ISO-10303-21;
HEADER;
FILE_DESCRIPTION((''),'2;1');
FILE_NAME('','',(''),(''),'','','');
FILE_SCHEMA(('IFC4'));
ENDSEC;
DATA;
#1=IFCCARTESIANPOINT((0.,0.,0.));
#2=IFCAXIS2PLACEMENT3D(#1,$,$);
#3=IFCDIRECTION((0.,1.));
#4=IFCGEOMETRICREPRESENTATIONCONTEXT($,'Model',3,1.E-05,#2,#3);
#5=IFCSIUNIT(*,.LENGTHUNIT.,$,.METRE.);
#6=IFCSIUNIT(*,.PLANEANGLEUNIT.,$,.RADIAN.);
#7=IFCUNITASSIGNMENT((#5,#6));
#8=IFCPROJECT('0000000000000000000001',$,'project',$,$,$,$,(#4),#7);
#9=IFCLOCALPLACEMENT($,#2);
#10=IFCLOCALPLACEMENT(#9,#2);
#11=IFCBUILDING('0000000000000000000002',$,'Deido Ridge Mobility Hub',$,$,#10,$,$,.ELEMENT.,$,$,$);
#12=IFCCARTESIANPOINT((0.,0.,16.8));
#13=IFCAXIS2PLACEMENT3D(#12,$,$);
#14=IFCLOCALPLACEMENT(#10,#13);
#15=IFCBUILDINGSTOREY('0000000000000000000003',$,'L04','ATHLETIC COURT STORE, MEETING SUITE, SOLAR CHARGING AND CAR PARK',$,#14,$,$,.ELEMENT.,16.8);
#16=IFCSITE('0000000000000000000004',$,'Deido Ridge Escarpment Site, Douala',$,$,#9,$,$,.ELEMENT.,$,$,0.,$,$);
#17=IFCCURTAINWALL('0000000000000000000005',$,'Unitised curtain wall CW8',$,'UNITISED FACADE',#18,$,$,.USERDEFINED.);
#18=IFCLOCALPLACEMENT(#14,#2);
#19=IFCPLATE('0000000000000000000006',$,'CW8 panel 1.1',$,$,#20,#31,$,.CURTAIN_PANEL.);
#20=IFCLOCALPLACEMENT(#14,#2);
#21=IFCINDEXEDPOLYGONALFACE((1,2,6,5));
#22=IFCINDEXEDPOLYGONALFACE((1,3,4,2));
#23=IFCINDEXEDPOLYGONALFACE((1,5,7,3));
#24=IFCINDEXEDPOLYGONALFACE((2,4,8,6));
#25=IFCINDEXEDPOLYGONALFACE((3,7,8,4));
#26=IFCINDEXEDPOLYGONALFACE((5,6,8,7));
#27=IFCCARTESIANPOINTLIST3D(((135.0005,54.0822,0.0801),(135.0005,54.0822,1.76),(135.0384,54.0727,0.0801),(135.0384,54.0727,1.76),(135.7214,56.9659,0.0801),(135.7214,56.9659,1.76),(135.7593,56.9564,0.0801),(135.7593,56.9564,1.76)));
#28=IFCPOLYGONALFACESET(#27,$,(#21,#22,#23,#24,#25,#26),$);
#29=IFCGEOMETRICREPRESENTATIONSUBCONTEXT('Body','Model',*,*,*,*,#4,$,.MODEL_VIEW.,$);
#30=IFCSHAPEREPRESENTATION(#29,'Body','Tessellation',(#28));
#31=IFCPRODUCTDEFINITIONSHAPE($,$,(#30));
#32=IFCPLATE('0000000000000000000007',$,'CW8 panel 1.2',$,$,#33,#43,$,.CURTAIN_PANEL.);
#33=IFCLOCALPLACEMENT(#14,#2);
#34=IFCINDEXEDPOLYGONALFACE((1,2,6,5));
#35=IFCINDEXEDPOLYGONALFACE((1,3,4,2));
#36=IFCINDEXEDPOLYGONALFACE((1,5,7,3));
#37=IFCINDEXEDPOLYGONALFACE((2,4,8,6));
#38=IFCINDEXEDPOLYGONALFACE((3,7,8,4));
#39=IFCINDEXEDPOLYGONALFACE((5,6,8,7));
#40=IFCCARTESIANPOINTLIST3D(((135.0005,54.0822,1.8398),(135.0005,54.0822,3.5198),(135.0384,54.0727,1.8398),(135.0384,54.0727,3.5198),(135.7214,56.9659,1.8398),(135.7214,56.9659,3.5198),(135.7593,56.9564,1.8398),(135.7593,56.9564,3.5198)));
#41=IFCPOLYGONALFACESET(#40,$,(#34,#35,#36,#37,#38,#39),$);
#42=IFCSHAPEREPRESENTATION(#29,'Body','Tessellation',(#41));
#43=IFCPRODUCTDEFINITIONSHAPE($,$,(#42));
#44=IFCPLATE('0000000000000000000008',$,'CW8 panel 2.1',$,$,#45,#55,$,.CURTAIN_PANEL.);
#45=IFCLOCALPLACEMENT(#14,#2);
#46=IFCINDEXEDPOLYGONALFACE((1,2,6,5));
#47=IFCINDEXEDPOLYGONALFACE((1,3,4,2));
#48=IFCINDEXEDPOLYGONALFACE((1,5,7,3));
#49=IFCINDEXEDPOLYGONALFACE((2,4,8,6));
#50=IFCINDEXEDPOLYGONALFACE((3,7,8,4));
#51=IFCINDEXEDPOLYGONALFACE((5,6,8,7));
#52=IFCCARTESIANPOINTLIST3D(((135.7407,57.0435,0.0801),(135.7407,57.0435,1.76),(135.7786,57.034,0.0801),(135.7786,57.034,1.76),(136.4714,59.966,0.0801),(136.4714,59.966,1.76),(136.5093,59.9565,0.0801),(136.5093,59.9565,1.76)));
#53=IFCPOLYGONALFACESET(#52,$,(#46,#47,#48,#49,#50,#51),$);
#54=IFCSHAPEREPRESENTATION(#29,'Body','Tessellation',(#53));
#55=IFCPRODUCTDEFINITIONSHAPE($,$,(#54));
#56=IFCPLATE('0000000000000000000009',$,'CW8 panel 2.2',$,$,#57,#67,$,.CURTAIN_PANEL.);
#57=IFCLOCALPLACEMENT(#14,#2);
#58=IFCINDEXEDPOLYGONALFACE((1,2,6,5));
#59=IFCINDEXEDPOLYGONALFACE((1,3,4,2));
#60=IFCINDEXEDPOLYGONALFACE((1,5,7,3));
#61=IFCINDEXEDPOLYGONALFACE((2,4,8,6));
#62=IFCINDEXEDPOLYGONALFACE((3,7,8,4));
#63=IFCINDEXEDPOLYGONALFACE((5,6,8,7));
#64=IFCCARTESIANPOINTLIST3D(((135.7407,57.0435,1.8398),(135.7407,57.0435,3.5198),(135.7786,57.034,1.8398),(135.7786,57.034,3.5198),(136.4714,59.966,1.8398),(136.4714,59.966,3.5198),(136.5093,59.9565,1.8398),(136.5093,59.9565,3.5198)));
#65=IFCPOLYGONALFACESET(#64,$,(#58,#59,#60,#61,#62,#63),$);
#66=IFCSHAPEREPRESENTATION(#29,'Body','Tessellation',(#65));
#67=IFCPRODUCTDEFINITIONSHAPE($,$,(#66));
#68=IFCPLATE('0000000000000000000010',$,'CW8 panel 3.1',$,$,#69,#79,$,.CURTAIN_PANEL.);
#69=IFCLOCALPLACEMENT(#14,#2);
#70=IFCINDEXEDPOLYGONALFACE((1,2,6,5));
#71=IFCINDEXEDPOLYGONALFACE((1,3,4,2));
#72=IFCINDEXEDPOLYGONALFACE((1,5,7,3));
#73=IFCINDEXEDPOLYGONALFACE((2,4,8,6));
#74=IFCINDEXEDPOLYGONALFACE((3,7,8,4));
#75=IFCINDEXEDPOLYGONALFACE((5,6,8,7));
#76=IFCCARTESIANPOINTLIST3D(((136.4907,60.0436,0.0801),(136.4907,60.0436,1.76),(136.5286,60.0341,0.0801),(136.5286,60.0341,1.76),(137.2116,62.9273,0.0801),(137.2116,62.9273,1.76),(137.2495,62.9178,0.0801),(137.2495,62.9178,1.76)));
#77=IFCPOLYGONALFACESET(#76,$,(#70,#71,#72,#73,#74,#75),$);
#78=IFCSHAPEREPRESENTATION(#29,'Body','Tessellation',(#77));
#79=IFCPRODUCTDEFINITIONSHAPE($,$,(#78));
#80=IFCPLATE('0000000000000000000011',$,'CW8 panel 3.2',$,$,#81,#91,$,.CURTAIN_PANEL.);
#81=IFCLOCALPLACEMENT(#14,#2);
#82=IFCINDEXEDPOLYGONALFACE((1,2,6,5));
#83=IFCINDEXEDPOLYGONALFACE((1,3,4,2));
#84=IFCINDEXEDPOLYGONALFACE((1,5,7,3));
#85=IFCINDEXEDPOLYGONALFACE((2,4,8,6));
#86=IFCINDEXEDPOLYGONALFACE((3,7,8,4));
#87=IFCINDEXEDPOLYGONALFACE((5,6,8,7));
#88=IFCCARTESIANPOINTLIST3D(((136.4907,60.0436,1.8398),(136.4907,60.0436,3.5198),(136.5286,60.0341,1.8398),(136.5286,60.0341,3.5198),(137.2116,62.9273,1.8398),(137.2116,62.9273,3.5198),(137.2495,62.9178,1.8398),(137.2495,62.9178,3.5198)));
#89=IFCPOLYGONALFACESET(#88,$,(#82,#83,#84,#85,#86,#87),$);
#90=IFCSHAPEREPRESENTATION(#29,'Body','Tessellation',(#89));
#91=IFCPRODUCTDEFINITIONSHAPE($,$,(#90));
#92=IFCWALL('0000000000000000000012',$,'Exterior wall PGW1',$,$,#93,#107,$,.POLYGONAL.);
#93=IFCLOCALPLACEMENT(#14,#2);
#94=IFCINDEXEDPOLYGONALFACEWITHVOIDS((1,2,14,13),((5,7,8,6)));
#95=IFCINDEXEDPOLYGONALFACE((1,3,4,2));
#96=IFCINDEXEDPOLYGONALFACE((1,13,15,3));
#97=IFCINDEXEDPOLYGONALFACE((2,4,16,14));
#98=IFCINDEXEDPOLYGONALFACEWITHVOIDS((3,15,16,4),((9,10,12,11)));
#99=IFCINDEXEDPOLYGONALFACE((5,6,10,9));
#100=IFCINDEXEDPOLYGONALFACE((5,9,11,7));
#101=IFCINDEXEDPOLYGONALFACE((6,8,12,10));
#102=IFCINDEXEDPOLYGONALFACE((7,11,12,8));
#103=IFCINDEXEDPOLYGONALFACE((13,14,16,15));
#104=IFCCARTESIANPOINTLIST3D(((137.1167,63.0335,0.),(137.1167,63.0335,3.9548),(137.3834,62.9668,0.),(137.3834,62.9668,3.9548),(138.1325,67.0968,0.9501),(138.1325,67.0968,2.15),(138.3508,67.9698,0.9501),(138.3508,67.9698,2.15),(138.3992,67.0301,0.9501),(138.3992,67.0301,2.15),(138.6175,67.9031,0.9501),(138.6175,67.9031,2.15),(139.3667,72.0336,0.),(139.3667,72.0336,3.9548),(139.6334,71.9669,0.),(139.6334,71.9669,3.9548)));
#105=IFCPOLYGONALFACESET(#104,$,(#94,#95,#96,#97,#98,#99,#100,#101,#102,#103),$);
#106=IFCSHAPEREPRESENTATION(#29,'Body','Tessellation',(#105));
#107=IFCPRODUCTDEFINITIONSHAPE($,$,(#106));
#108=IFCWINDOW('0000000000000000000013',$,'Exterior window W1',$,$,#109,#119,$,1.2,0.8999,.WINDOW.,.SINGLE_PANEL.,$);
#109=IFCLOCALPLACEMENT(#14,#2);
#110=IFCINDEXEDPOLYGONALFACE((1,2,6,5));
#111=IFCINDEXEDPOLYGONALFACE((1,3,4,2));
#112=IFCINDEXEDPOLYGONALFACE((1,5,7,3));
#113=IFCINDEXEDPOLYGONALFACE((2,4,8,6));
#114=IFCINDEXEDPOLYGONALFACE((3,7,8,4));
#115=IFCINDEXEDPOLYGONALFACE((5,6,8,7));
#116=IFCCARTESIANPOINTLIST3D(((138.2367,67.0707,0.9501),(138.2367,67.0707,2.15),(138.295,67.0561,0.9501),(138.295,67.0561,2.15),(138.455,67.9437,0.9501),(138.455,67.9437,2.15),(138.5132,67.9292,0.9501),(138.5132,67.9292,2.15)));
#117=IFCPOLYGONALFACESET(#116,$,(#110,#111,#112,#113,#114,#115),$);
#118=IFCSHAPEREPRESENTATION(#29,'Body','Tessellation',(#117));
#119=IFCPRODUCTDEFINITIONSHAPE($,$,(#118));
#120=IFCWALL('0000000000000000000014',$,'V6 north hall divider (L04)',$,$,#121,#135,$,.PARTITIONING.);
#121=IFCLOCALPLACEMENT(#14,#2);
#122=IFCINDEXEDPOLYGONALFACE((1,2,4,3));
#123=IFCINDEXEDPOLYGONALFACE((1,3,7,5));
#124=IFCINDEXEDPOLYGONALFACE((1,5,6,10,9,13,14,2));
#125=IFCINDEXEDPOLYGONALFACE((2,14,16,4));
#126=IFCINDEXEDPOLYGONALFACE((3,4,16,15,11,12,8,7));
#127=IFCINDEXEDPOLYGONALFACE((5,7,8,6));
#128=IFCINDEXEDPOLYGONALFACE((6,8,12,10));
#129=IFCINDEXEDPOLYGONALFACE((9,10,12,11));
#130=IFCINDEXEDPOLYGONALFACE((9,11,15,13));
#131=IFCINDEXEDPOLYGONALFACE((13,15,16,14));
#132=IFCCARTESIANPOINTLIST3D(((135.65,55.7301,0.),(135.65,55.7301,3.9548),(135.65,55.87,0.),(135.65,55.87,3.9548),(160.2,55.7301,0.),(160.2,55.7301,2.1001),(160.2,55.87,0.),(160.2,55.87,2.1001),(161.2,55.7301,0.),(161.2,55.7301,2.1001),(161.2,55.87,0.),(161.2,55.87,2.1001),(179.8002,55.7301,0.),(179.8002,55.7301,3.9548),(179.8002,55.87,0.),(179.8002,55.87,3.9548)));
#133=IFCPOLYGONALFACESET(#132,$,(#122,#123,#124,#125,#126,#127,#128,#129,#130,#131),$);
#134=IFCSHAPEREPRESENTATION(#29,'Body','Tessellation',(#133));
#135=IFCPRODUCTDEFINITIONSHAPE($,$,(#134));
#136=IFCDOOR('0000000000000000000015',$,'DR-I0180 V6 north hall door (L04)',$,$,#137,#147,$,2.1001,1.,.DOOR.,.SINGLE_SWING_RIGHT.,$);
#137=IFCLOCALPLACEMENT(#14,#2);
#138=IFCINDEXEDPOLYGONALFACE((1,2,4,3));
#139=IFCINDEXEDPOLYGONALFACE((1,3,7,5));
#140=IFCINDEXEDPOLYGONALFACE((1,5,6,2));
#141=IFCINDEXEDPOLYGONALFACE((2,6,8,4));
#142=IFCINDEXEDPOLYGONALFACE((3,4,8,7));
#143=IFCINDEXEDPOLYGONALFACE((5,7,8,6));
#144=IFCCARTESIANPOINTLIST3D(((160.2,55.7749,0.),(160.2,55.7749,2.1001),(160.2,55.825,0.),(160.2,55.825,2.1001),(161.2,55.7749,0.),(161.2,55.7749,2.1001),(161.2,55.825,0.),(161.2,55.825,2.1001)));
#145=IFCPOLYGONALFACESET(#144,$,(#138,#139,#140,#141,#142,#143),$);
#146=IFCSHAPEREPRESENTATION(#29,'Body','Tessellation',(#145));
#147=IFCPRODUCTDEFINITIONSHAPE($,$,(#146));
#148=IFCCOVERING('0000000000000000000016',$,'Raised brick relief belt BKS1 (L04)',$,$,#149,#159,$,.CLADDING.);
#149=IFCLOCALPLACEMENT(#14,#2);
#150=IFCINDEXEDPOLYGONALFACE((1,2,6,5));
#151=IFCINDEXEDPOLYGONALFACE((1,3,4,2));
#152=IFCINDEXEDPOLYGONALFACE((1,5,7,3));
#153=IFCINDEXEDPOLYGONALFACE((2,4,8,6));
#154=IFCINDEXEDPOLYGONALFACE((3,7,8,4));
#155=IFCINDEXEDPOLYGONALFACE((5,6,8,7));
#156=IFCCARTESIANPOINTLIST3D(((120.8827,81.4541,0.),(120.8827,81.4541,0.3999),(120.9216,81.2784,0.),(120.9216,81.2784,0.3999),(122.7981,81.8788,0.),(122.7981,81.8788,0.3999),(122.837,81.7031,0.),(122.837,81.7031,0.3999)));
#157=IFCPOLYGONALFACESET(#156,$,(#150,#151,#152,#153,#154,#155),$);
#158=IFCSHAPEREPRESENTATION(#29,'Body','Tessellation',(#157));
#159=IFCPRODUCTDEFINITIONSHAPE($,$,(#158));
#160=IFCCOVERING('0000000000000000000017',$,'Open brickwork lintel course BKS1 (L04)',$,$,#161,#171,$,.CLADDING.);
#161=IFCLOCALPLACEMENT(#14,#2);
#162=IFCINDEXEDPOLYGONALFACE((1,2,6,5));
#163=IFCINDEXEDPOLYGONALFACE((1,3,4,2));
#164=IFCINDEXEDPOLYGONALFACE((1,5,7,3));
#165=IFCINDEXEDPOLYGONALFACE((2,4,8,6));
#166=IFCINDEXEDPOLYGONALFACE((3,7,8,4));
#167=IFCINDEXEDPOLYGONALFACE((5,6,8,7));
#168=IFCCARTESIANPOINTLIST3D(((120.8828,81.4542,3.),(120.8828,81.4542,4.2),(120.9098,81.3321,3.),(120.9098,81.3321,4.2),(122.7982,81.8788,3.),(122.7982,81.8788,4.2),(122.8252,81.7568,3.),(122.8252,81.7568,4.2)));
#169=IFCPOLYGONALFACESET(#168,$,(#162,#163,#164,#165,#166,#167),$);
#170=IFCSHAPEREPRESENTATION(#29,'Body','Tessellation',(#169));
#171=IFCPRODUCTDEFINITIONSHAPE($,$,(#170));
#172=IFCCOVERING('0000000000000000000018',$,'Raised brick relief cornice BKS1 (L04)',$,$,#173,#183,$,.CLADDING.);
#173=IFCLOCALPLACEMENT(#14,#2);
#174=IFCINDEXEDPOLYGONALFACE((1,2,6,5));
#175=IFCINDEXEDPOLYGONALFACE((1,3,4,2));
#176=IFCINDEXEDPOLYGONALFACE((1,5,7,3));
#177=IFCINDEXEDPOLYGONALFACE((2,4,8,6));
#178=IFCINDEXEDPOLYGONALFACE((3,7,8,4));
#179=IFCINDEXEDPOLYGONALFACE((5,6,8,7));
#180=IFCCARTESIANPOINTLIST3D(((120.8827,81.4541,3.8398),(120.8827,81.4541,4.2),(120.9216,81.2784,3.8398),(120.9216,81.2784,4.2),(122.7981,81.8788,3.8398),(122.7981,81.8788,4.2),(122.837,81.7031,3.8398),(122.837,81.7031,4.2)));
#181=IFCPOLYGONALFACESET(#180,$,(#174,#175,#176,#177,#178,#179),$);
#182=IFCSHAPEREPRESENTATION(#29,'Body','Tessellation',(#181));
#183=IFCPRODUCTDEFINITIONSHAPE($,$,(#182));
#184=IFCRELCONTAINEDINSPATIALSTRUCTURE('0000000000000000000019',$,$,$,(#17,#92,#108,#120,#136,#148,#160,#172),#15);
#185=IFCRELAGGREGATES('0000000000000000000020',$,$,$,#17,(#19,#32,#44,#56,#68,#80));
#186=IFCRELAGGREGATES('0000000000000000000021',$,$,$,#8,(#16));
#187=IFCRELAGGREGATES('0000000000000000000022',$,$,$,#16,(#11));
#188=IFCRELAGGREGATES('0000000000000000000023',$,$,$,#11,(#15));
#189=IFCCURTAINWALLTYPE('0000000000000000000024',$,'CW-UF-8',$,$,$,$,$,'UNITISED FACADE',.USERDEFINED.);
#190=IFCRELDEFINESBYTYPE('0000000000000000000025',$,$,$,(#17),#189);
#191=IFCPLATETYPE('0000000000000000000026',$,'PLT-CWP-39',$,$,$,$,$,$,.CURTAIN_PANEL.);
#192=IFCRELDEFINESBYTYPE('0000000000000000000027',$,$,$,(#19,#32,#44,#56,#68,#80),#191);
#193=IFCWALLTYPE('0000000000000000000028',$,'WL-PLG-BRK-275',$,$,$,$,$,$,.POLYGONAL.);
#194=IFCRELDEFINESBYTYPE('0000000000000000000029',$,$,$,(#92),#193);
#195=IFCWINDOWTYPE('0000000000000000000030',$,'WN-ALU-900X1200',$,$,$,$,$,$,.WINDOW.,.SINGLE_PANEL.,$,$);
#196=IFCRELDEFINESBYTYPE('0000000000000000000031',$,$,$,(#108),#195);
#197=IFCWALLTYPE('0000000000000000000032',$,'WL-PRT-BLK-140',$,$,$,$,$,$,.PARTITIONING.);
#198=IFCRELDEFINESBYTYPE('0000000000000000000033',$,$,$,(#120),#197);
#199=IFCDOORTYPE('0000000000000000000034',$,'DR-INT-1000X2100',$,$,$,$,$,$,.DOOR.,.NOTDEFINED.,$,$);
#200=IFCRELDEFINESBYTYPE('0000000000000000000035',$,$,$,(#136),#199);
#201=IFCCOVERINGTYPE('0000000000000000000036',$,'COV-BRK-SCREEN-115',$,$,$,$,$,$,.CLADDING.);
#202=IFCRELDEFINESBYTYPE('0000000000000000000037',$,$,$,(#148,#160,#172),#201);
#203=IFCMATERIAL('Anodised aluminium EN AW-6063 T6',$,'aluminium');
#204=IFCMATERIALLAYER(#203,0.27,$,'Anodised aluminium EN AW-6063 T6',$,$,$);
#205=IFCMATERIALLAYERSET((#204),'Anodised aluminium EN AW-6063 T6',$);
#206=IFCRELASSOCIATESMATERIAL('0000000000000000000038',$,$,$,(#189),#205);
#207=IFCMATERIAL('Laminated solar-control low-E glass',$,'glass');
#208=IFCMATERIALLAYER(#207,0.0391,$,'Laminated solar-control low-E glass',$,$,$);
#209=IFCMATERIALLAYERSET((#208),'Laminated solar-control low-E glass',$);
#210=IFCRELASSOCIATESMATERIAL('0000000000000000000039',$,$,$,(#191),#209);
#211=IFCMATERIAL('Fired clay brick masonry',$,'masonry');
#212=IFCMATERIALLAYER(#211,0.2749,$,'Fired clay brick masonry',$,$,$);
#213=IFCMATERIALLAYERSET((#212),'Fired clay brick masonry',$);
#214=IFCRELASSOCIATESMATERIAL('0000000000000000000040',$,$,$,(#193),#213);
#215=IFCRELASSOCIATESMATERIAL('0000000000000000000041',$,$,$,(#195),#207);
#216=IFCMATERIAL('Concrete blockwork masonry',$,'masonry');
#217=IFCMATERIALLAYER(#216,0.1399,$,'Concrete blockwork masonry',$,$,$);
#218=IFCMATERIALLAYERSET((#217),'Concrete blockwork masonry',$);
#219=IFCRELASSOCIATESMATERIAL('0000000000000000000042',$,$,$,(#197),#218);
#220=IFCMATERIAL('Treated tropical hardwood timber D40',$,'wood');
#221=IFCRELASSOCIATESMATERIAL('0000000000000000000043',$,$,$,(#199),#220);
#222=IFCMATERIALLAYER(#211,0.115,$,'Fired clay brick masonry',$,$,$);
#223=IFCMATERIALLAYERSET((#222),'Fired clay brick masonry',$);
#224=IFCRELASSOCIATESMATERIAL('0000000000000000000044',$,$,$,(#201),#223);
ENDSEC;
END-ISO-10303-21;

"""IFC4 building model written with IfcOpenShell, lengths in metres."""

from ifc_helpers import new_model, si_unit, direction, frame, frame_2d, origin, origin_2d, place, context, subcontext, project, spatial, rectangle, extrude, material, layer, layer_set, type_object, element, fill, aggregate, save


model = new_model("IFC4")

# Units and contexts
model_context = context("Model", 3, precision=1e-05, world=origin(), true_north=direction((0.0, 1.0)))
body_context = subcontext(model_context, "Body", "Model", "MODEL_VIEW")
ifc_project = project(units=[si_unit("LENGTHUNIT", "METRE"), si_unit("PLANEANGLEUNIT", "RADIAN")], contexts=[model_context])

# Site, building, storey
site_placement = place(None, origin())
site = spatial("IfcSite", under=ifc_project, at=site_placement, Name="Deido Ridge Escarpment Site, Douala", CompositionType="ELEMENT", RefElevation=0.0)
building_placement = place(site_placement, origin())
building = spatial("IfcBuilding", under=site, at=building_placement, Name="Deido Ridge Mobility Hub", CompositionType="ELEMENT")
storey_placement = place(building_placement, frame((0.0, 0.0, 16.8)))
storey = spatial("IfcBuildingStorey", under=building, at=storey_placement, Name="L04", Description="ATHLETIC COURT STORE, MEETING SUITE, SOLAR CHARGING AND CAR PARK", CompositionType="ELEMENT", Elevation=16.8)

# Curtain wall
ifc_material_1 = material(Name="Anodised aluminium EN AW-6063 T6", Category="aluminium")
ifc_layer_1 = layer(ifc_material_1, 0.27, Name="Anodised aluminium EN AW-6063 T6")
ifc_layer_set_1 = layer_set([ifc_layer_1], Name="Anodised aluminium EN AW-6063 T6")
curtain_wall_type = type_object("IfcCurtainWallType", Name="CW-UF-8", ElementType="UNITISED FACADE", PredefinedType="USERDEFINED", material=ifc_layer_set_1)
curtain_wall_placement = place(storey_placement, origin())
curtain_wall = element("IfcCurtainWall", 1, at=curtain_wall_placement, inside=storey, type_object=curtain_wall_type, Name="Unitised curtain wall CW8", ObjectType="UNITISED FACADE", PredefinedType="USERDEFINED")

# Plates
ifc_material_2 = material(Name="Laminated solar-control low-E glass", Category="glass")
ifc_layer_2 = layer(ifc_material_2, 0.0391, Name="Laminated solar-control low-E glass")
ifc_layer_set_2 = layer_set([ifc_layer_2], Name="Laminated solar-control low-E glass")
plate_type = type_object("IfcPlateType", Name="PLT-CWP-39", PredefinedType="CURTAIN_PANEL", material=ifc_layer_set_2)
plate_1_placement = place(storey_placement, frame((135.3799, 55.5193, 0.0801), z_axis=(0.0, 0.0, 1.0), x_axis=(0.242536, 0.970143, 0.0)))
plate_1 = element("IfcPlate", 2, at=plate_1_placement, type_object=plate_type, Name="CW8 panel 1.1", PredefinedType="CURTAIN_PANEL", context=body_context, shape_type="SweptSolid", body=[
    extrude(rectangle(XDim=2.9724, YDim=0.0391, at=origin_2d()), origin(), (0.0, 0.0, 1.0), 1.6799),
])
plate_2_placement = place(storey_placement, frame((135.3799, 55.5193, 1.8398), z_axis=(0.0, 0.0, 1.0), x_axis=(0.242536, 0.970143, 0.0)))
plate_2 = element("IfcPlate", 3, at=plate_2_placement, type_object=plate_type, Name="CW8 panel 1.2", PredefinedType="CURTAIN_PANEL", context=body_context, shape_type="SweptSolid", body=[
    extrude(rectangle(XDim=2.9724, YDim=0.0391, at=origin_2d()), origin(), (0.0, 0.0, 1.0), 1.6799),
])
plate_3_placement = place(storey_placement, frame((136.125, 58.5, 0.0801), z_axis=(0.0, 0.0, 1.0), x_axis=(0.242536, 0.970143, 0.0)))
plate_3 = element("IfcPlate", 4, at=plate_3_placement, type_object=plate_type, Name="CW8 panel 2.1", PredefinedType="CURTAIN_PANEL", context=body_context, shape_type="SweptSolid", body=[
    extrude(rectangle(XDim=3.0125, YDim=0.0391, at=origin_2d()), origin(), (0.0, 0.0, 1.0), 1.6799),
])
plate_4_placement = place(storey_placement, frame((136.125, 58.5, 1.8398), z_axis=(0.0, 0.0, 1.0), x_axis=(0.242536, 0.970143, 0.0)))
plate_4 = element("IfcPlate", 5, at=plate_4_placement, type_object=plate_type, Name="CW8 panel 2.2", PredefinedType="CURTAIN_PANEL", context=body_context, shape_type="SweptSolid", body=[
    extrude(rectangle(XDim=3.0125, YDim=0.0391, at=origin_2d()), origin(), (0.0, 0.0, 1.0), 1.6799),
])
plate_5_placement = place(storey_placement, frame((136.8701, 61.4807, 0.0801), z_axis=(0.0, 0.0, 1.0), x_axis=(0.242536, 0.970143, 0.0)))
plate_5 = element("IfcPlate", 6, at=plate_5_placement, type_object=plate_type, Name="CW8 panel 3.1", PredefinedType="CURTAIN_PANEL", context=body_context, shape_type="SweptSolid", body=[
    extrude(rectangle(XDim=2.9724, YDim=0.0391, at=origin_2d()), origin(), (0.0, 0.0, 1.0), 1.6799),
])
plate_6_placement = place(storey_placement, frame((136.8701, 61.4807, 1.8398), z_axis=(0.0, 0.0, 1.0), x_axis=(0.242536, 0.970143, 0.0)))
plate_6 = element("IfcPlate", 7, at=plate_6_placement, type_object=plate_type, Name="CW8 panel 3.2", PredefinedType="CURTAIN_PANEL", context=body_context, shape_type="SweptSolid", body=[
    extrude(rectangle(XDim=2.9724, YDim=0.0391, at=origin_2d()), origin(), (0.0, 0.0, 1.0), 1.6799),
])
aggregate(curtain_wall, [plate_1, plate_2, plate_3, plate_4, plate_5, plate_6])

# Wall, opening, window
ifc_material_3 = material(Name="Fired clay brick masonry", Category="masonry")
ifc_layer_3 = layer(ifc_material_3, 0.2749, Name="Fired clay brick masonry")
ifc_layer_set_3 = layer_set([ifc_layer_3], Name="Fired clay brick masonry")
wall_type_1 = type_object("IfcWallType", Name="WL-PLG-BRK-275", PredefinedType="POLYGONAL", material=ifc_layer_set_3)
wall_1_placement = place(storey_placement, frame((137.25, 63.0, 0.0), z_axis=(0.0, 0.0, 1.0), x_axis=(0.242536, 0.970143, 0.0)))
wall_1 = element("IfcWall", 8, at=wall_1_placement, inside=storey, type_object=wall_type_1, Name="Exterior wall PGW1", PredefinedType="POLYGONAL", context=body_context, shape_type="SweptSolid", body=[
    extrude(rectangle(XDim=9.2771, YDim=0.2749, at=frame_2d((4.6387, 0.0))), origin(), (0.0, 0.0, 1.0), 3.9548),
])
opening_1_placement = place(wall_1_placement, frame((4.1885, 0.0, 0.95)))
opening_1 = element("IfcOpeningElement", 9, at=opening_1_placement, cuts=wall_1, PredefinedType="OPENING", context=body_context, shape_type="SweptSolid", body=[
    extrude(rectangle(XDim=0.8999, YDim=1.2, at=frame_2d((0.45, 0.6001))), frame((0.0, 0.1475, 0.0), z_axis=(0.0, -1.0, 0.0), x_axis=(1.0, 0.0, 0.0)), (0.0, 0.0, 1.0), 0.2949),
])
window_type = type_object("IfcWindowType", Name="WN-ALU-900X1200", PartitioningType="SINGLE_PANEL", PredefinedType="WINDOW", material=ifc_material_2)
window_placement = place(opening_1_placement, origin())
window = element("IfcWindow", 10, at=window_placement, inside=storey, type_object=window_type, Name="Exterior window W1", OverallHeight=1.2, OverallWidth=0.8999, PartitioningType="SINGLE_PANEL", PredefinedType="WINDOW", context=body_context, shape_type="SweptSolid", body=[
    extrude(rectangle(XDim=0.8999, YDim=1.2, at=frame_2d((0.45, 0.6001))), frame((0.0, 0.03, 0.0), z_axis=(0.0, -1.0, 0.0), x_axis=(1.0, 0.0, 0.0)), (0.0, 0.0, 1.0), 0.0601),
])
fill(opening_1, window)

# Wall, opening, door
ifc_material_4 = material(Name="Concrete blockwork masonry", Category="masonry")
ifc_layer_4 = layer(ifc_material_4, 0.1399, Name="Concrete blockwork masonry")
ifc_layer_set_4 = layer_set([ifc_layer_4], Name="Concrete blockwork masonry")
wall_type_2 = type_object("IfcWallType", Name="WL-PRT-BLK-140", PredefinedType="PARTITIONING", material=ifc_layer_set_4)
wall_2_placement = place(storey_placement, frame((135.6499, 55.8, 0.0), z_axis=(0.0, 0.0, 1.0), x_axis=(1.0, 0.0, 0.0)))
wall_2 = element("IfcWall", 11, at=wall_2_placement, inside=storey, type_object=wall_type_2, Name="V6 north hall divider (L04)", PredefinedType="PARTITIONING", context=body_context, shape_type="SweptSolid", body=[
    extrude(rectangle(XDim=44.1501, YDim=0.1399, at=frame_2d((22.0752, 0.0))), origin(), (0.0, 0.0, 1.0), 3.9548),
])
opening_2_placement = place(wall_2_placement, frame((24.55, 0.0, 0.0)))
opening_2 = element("IfcOpeningElement", 12, at=opening_2_placement, cuts=wall_2, PredefinedType="OPENING", context=body_context, shape_type="SweptSolid", body=[
    extrude(rectangle(XDim=1.0, YDim=2.1001, at=frame_2d((0.5, 1.05))), frame((0.0, 0.0801, 0.0), z_axis=(0.0, -1.0, 0.0), x_axis=(1.0, 0.0, 0.0)), (0.0, 0.0, 1.0), 0.1599),
])
ifc_material_5 = material(Name="Treated tropical hardwood timber D40", Category="wood")
door_type = type_object("IfcDoorType", Name="DR-INT-1000X2100", OperationType="NOTDEFINED", PredefinedType="DOOR", material=ifc_material_5)
door_placement = place(opening_2_placement, origin())
door = element("IfcDoor", 13, at=door_placement, inside=storey, type_object=door_type, Name="DR-I0180 V6 north hall door (L04)", OperationType="SINGLE_SWING_RIGHT", OverallHeight=2.1001, OverallWidth=1.0, PredefinedType="DOOR", context=body_context, shape_type="SweptSolid", body=[
    extrude(rectangle(XDim=1.0, YDim=2.1001, at=frame_2d((0.5, 1.05))), frame((0.0, 0.0249, 0.0), z_axis=(0.0, -1.0, 0.0), x_axis=(1.0, 0.0, 0.0)), (0.0, 0.0, 1.0), 0.05),
])
fill(opening_2, door)

# Coverings
ifc_layer_5 = layer(ifc_material_3, 0.115, Name="Fired clay brick masonry")
ifc_layer_set_5 = layer_set([ifc_layer_5], Name="Fired clay brick masonry")
covering_type = type_object("IfcCoveringType", Name="COV-BRK-SCREEN-115", PredefinedType="CLADDING", material=ifc_layer_set_5)
covering_1_placement = place(storey_placement, frame((121.8599, 81.5786, 0.0), z_axis=(0.0, 0.0, 1.0), x_axis=(0.976292, 0.216457, 0.0)))
element("IfcCovering", 14, at=covering_1_placement, inside=storey, type_object=covering_type, Name="Raised brick relief belt BKS1 (L04)", PredefinedType="CLADDING", context=body_context, shape_type="SweptSolid", body=[
    extrude(rectangle(XDim=1.9619, YDim=0.1799, at=origin_2d()), origin(), (0.0, 0.0, 1.0), 0.3999),
])
covering_2_placement = place(storey_placement, frame((121.854, 81.6055, 3.0), z_axis=(0.0, 0.0, 1.0), x_axis=(0.976292, 0.216457, 0.0)))
element("IfcCovering", 15, at=covering_2_placement, inside=storey, type_object=covering_type, Name="Open brickwork lintel course BKS1 (L04)", PredefinedType="CLADDING", context=body_context, shape_type="SweptSolid", body=[
    extrude(rectangle(XDim=1.9619, YDim=0.125, at=origin_2d()), origin(), (0.0, 0.0, 1.0), 1.2),
])
covering_3_placement = place(storey_placement, frame((121.8599, 81.5786, 3.8398), z_axis=(0.0, 0.0, 1.0), x_axis=(0.976292, 0.216457, 0.0)))
element("IfcCovering", 16, at=covering_3_placement, inside=storey, type_object=covering_type, Name="Raised brick relief cornice BKS1 (L04)", PredefinedType="CLADDING", context=body_context, shape_type="SweptSolid", body=[
    extrude(rectangle(XDim=1.9619, YDim=0.1799, at=origin_2d()), origin(), (0.0, 0.0, 1.0), 0.3601),
])

save(model, "model.ifc")
